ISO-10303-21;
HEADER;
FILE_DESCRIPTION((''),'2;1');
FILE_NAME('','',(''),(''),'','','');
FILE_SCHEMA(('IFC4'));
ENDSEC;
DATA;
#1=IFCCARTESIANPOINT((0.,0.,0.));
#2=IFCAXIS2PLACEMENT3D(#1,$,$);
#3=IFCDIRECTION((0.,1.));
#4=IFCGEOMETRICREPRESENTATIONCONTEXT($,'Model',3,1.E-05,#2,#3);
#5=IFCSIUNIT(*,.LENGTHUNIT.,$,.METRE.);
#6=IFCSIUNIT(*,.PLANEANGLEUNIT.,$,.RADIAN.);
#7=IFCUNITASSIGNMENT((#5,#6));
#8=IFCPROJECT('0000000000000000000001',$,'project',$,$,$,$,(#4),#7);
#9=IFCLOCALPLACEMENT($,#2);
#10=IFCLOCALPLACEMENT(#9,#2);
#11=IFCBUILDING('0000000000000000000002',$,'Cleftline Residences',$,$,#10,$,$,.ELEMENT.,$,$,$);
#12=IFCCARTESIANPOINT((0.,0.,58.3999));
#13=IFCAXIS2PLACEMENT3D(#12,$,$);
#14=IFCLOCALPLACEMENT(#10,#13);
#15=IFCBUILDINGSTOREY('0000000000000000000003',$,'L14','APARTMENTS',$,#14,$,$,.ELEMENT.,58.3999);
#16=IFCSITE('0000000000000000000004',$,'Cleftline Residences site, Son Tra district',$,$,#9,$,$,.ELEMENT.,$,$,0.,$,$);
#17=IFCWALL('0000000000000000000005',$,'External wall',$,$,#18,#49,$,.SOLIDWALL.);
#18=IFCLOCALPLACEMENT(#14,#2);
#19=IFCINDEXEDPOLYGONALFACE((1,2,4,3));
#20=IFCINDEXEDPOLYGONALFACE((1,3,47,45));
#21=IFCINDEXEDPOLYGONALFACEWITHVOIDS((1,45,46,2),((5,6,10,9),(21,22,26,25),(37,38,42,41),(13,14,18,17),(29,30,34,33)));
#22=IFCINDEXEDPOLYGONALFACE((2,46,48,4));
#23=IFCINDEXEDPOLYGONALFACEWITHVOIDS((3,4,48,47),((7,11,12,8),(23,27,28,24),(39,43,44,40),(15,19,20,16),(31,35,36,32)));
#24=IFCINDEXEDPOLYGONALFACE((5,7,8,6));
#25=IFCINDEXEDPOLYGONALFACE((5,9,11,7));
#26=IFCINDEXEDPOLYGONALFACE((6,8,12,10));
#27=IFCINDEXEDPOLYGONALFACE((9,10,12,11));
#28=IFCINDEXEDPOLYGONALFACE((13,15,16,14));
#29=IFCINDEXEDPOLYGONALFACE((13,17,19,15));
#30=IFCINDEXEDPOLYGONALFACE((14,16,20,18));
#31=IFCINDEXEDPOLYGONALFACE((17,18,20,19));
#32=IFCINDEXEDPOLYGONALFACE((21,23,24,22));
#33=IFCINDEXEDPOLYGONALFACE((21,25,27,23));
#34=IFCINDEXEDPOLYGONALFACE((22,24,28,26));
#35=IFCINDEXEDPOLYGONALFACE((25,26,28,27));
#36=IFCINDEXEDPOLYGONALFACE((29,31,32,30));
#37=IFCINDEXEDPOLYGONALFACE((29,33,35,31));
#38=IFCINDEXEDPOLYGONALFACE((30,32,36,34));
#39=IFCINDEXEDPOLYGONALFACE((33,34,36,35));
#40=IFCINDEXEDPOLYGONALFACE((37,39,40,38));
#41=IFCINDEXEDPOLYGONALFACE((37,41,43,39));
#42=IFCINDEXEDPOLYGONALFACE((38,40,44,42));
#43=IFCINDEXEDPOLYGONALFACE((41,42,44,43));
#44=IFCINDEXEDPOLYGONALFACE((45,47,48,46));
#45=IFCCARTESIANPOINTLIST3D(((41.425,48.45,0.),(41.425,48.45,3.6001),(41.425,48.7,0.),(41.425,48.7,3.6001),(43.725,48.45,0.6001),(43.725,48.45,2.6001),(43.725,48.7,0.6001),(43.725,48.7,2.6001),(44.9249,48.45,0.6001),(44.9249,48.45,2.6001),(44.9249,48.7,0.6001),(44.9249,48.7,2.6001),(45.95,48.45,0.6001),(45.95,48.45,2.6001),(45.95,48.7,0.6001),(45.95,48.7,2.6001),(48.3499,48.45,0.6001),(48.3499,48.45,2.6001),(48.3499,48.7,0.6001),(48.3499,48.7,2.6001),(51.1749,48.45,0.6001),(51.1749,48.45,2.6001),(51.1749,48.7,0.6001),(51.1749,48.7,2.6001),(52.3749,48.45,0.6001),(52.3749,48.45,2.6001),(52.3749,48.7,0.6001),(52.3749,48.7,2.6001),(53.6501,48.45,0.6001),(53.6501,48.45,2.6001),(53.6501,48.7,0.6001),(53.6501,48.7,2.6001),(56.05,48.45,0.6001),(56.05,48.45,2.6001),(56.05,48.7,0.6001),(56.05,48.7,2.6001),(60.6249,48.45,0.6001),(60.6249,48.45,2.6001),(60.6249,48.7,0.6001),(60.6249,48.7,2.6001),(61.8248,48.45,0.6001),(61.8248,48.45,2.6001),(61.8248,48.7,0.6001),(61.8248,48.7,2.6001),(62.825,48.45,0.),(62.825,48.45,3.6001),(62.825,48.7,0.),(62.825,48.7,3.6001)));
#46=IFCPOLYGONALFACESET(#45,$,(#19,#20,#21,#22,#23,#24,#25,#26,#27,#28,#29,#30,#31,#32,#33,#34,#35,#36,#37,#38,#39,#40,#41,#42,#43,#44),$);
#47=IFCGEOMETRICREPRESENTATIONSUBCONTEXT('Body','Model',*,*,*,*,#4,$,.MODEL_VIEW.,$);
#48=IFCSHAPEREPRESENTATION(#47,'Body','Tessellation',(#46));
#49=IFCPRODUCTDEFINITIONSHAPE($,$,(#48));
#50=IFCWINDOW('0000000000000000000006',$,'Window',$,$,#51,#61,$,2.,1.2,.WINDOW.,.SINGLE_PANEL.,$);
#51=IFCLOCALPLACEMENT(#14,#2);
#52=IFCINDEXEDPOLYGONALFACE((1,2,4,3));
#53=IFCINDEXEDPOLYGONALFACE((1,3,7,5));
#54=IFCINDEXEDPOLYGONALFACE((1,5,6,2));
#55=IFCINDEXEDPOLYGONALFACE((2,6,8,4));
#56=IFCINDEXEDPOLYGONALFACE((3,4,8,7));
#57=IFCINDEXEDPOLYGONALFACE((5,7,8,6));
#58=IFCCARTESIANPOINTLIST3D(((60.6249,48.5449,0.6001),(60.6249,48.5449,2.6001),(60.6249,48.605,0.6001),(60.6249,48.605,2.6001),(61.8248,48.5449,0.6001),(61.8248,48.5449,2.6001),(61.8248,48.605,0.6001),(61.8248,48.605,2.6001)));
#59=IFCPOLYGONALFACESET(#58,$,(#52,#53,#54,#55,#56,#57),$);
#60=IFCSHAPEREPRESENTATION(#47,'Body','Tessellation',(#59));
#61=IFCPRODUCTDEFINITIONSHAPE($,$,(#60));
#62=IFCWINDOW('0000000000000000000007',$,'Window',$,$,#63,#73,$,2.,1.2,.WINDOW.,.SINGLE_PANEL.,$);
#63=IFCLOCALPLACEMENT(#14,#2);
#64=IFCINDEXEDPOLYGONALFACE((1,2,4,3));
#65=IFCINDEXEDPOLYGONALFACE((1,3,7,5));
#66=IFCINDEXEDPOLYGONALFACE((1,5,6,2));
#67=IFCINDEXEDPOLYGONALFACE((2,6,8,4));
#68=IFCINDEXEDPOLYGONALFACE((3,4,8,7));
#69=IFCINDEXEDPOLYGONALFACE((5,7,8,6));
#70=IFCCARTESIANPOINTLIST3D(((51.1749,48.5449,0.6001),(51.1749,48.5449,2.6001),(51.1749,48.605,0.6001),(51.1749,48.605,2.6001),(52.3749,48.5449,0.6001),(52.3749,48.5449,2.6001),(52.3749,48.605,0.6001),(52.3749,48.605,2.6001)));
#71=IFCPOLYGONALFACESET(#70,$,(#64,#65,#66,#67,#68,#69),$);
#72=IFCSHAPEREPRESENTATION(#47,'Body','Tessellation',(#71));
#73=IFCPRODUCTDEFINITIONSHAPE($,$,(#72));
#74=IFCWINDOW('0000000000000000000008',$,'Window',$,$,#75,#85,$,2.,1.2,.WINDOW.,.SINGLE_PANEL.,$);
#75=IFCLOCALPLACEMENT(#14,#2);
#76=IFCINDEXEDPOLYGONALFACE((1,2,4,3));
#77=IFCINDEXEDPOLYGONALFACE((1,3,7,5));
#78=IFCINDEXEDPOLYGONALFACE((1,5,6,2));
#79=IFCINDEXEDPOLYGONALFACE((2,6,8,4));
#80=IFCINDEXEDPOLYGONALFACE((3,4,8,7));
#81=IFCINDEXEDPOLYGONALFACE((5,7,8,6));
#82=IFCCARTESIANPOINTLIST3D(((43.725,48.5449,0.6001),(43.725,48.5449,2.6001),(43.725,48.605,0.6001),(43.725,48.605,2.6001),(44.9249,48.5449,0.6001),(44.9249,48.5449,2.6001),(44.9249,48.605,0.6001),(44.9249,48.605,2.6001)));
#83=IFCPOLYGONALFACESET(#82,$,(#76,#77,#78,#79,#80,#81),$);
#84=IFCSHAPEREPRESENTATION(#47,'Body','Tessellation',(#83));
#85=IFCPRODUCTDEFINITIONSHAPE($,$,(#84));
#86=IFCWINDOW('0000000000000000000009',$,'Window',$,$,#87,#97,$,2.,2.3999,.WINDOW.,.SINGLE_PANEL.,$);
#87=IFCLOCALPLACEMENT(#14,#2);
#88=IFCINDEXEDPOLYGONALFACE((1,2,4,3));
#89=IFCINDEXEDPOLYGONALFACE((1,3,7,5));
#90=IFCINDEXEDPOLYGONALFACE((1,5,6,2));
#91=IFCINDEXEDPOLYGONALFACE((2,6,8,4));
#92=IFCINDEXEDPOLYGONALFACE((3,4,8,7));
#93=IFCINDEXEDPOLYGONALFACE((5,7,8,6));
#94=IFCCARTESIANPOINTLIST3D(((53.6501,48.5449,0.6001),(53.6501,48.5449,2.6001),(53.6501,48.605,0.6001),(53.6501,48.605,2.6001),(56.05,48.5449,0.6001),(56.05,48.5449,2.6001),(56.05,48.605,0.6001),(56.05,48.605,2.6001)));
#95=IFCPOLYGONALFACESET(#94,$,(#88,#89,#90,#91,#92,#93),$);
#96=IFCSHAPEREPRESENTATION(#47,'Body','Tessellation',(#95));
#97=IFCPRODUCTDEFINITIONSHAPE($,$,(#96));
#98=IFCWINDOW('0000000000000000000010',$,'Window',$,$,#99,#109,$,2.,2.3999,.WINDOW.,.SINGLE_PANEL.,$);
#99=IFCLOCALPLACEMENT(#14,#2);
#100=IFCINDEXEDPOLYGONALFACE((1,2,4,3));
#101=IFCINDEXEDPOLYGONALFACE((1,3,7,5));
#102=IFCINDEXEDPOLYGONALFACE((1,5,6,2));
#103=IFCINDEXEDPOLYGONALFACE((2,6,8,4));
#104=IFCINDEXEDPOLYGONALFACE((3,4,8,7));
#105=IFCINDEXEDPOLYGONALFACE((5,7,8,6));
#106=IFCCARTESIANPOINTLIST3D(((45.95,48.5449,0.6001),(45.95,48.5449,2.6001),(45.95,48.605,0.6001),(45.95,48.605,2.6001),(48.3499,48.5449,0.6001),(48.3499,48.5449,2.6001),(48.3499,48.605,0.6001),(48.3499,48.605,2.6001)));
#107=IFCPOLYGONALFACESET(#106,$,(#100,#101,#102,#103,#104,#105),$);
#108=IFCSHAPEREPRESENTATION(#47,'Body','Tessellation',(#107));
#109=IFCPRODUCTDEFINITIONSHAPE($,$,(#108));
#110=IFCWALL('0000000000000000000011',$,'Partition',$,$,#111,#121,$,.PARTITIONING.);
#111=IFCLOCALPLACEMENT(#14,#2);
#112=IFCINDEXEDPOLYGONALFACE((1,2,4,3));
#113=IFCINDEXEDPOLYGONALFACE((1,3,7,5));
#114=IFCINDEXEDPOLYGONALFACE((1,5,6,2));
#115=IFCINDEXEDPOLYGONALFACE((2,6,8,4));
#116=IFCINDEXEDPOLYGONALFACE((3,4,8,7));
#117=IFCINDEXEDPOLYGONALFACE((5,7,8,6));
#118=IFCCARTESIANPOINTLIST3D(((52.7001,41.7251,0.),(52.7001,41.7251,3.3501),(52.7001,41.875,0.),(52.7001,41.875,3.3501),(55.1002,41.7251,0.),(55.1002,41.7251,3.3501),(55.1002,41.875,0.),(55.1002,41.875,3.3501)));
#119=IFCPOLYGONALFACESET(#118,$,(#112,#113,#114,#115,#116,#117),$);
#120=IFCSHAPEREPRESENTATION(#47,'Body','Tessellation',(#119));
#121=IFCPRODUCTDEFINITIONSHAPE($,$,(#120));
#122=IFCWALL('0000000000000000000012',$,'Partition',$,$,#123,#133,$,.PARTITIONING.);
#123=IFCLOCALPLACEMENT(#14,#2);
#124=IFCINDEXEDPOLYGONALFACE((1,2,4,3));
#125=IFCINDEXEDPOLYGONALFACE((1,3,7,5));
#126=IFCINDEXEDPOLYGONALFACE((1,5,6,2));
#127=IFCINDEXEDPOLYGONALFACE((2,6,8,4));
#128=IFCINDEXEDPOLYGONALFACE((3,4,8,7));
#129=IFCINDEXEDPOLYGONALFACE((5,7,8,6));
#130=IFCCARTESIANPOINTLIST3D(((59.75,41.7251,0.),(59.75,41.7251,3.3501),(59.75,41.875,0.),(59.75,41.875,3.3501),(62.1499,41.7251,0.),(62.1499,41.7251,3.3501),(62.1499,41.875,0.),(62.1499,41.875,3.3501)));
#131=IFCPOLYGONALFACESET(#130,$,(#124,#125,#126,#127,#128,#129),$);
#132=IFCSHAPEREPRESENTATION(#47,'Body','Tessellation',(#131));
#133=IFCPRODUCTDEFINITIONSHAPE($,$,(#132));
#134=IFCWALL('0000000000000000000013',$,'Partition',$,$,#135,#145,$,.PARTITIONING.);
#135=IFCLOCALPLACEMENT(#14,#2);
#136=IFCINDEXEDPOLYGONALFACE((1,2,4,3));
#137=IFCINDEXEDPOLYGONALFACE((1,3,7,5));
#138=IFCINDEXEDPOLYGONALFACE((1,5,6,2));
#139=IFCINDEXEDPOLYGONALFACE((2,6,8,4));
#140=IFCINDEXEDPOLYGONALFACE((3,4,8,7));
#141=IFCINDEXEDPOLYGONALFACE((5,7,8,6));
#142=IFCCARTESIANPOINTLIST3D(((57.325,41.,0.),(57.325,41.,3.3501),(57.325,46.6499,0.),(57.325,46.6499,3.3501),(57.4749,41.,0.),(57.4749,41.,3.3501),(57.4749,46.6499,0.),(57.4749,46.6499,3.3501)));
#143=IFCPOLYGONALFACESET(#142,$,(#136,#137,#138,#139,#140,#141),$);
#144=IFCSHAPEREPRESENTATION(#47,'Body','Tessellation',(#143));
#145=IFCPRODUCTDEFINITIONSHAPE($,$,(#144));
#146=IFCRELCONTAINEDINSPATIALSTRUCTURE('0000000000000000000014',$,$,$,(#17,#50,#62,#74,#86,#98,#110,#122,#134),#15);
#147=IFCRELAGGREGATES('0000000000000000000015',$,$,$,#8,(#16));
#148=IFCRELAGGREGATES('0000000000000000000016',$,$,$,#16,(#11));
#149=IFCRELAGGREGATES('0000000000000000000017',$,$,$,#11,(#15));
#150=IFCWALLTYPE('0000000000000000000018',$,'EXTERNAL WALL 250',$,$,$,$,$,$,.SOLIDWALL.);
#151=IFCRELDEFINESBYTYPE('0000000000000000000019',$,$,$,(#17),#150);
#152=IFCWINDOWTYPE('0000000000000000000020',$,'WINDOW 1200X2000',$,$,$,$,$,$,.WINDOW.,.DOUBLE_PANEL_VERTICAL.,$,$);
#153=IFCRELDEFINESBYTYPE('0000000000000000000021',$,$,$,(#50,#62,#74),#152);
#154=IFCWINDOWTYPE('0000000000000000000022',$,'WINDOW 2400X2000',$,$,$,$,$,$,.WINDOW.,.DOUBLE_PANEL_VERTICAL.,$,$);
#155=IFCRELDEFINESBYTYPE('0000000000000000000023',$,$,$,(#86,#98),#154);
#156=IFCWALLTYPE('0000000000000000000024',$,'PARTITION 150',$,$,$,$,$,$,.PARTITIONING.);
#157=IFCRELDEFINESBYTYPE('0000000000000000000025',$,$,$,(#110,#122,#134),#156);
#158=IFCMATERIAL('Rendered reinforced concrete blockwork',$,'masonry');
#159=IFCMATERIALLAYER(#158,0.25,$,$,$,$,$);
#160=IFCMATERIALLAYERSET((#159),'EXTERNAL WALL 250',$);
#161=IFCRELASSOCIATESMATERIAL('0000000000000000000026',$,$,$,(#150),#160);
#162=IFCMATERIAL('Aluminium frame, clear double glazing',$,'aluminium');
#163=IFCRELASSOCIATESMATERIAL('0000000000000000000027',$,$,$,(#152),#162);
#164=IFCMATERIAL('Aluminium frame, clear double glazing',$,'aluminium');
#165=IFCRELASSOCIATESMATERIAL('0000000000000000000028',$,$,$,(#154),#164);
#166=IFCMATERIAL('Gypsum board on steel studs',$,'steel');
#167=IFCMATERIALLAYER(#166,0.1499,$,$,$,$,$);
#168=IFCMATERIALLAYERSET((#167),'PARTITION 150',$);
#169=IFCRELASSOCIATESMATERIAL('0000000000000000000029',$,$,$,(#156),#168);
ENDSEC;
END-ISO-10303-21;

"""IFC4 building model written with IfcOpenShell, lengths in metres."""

from ifc_helpers import new_model, si_unit, direction, frame, frame_2d, origin, place, context, subcontext, project, spatial, rectangle, extrude, material, layer, layer_set, type_object, element, fill, save


model = new_model("IFC4")

# Units and contexts
model_context = context("Model", 3, precision=1e-05, world=origin(), true_north=direction((0.0, 1.0)))
body_context = subcontext(model_context, "Body", "Model", "MODEL_VIEW")
ifc_project = project(units=[si_unit("LENGTHUNIT", "METRE"), si_unit("PLANEANGLEUNIT", "RADIAN")], contexts=[model_context])

# Site, building, storey
site_placement = place(None, origin())
site = spatial("IfcSite", under=ifc_project, at=site_placement, Name="Cleftline Residences site, Son Tra district", CompositionType="ELEMENT", RefElevation=0.0)
building_placement = place(site_placement, origin())
building = spatial("IfcBuilding", under=site, at=building_placement, Name="Cleftline Residences", CompositionType="ELEMENT")
storey_placement = place(building_placement, frame((0.0, 0.0, 58.3999)))
storey = spatial("IfcBuildingStorey", under=building, at=storey_placement, Name="L14", Description="APARTMENTS", CompositionType="ELEMENT", Elevation=58.3999)

# Shared definitions
ifc_material_1 = material(Name="Rendered reinforced concrete blockwork", Category="masonry")
ifc_layer_1 = layer(ifc_material_1, 0.25)
ifc_layer_set_1 = layer_set([ifc_layer_1], Name="EXTERNAL WALL 250")
wall_type_1 = type_object("IfcWallType", Name="EXTERNAL WALL 250", PredefinedType="SOLIDWALL", material=ifc_layer_set_1)
ifc_material_2 = material(Name="Aluminium frame, clear double glazing", Category="aluminium")
window_type_1 = type_object("IfcWindowType", Name="WINDOW 1200X2000", PartitioningType="DOUBLE_PANEL_VERTICAL", PredefinedType="WINDOW", material=ifc_material_2)

# Shared definitions
ifc_material_3 = material(Name="Aluminium frame, clear double glazing", Category="aluminium")
window_type_2 = type_object("IfcWindowType", Name="WINDOW 2400X2000", PartitioningType="DOUBLE_PANEL_VERTICAL", PredefinedType="WINDOW", material=ifc_material_3)

# Wall, openings, windows
wall_1_placement = place(storey_placement, frame((62.825, 48.575, 0.0), z_axis=(0.0, 0.0, 1.0), x_axis=(-1.0, 0.0, 0.0)))
wall_1 = element("IfcWall", 1, at=wall_1_placement, inside=storey, type_object=wall_type_1, Name="External wall", PredefinedType="SOLIDWALL", context=body_context, shape_type="SweptSolid", body=[
    extrude(rectangle(XDim=21.3999, YDim=0.25, at=frame_2d((10.7, 0.0))), origin(), (0.0, 0.0, 1.0), 3.6001),
])
opening_1_placement = place(wall_1_placement, frame((1.0, 0.0, 0.6001)))
opening_1 = element("IfcOpeningElement", 2, at=opening_1_placement, cuts=wall_1, PredefinedType="OPENING", context=body_context, shape_type="SweptSolid", body=[
    extrude(rectangle(XDim=1.2, YDim=2.0, at=frame_2d((0.6001, 1.0))), frame((0.0, 0.135, 0.0), z_axis=(0.0, -1.0, 0.0), x_axis=(1.0, 0.0, 0.0)), (0.0, 0.0, 1.0), 0.27),
])
opening_2_placement = place(wall_1_placement, frame((6.7749, 0.0, 0.6001)))
opening_2 = element("IfcOpeningElement", 3, at=opening_2_placement, cuts=wall_1, PredefinedType="OPENING", context=body_context, shape_type="SweptSolid", body=[
    extrude(rectangle(XDim=2.3999, YDim=2.0, at=frame_2d((1.2, 1.0))), frame((0.0, 0.135, 0.0), z_axis=(0.0, -1.0, 0.0), x_axis=(1.0, 0.0, 0.0)), (0.0, 0.0, 1.0), 0.27),
])
opening_3_placement = place(wall_1_placement, frame((10.45, 0.0, 0.6001)))
opening_3 = element("IfcOpeningElement", 4, at=opening_3_placement, cuts=wall_1, PredefinedType="OPENING", context=body_context, shape_type="SweptSolid", body=[
    extrude(rectangle(XDim=1.2, YDim=2.0, at=frame_2d((0.6001, 1.0))), frame((0.0, 0.135, 0.0), z_axis=(0.0, -1.0, 0.0), x_axis=(1.0, 0.0, 0.0)), (0.0, 0.0, 1.0), 0.27),
])
opening_4_placement = place(wall_1_placement, frame((14.4751, 0.0, 0.6001)))
opening_4 = element("IfcOpeningElement", 5, at=opening_4_placement, cuts=wall_1, PredefinedType="OPENING", context=body_context, shape_type="SweptSolid", body=[
    extrude(rectangle(XDim=2.3999, YDim=2.0, at=frame_2d((1.2, 1.0))), frame((0.0, 0.135, 0.0), z_axis=(0.0, -1.0, 0.0), x_axis=(1.0, 0.0, 0.0)), (0.0, 0.0, 1.0), 0.27),
])
opening_5_placement = place(wall_1_placement, frame((17.8999, 0.0, 0.6001)))
opening_5 = element("IfcOpeningElement", 6, at=opening_5_placement, cuts=wall_1, PredefinedType="OPENING", context=body_context, shape_type="SweptSolid", body=[
    extrude(rectangle(XDim=1.2, YDim=2.0, at=frame_2d((0.6001, 1.0))), frame((0.0, 0.135, 0.0), z_axis=(0.0, -1.0, 0.0), x_axis=(1.0, 0.0, 0.0)), (0.0, 0.0, 1.0), 0.27),
])
window_1_placement = place(opening_1_placement, origin())
window_1 = element("IfcWindow", 7, at=window_1_placement, inside=storey, type_object=window_type_1, Name="Window", OverallHeight=2.0, OverallWidth=1.2, PartitioningType="SINGLE_PANEL", PredefinedType="WINDOW", context=body_context, shape_type="SweptSolid", body=[
    extrude(rectangle(XDim=1.2, YDim=2.0, at=frame_2d((0.6001, 1.0))), frame((0.0, 0.03, 0.0), z_axis=(0.0, -1.0, 0.0), x_axis=(1.0, 0.0, 0.0)), (0.0, 0.0, 1.0), 0.0601),
])
fill(opening_1, window_1)
window_2_placement = place(opening_3_placement, origin())
window_2 = element("IfcWindow", 8, at=window_2_placement, inside=storey, type_object=window_type_1, Name="Window", OverallHeight=2.0, OverallWidth=1.2, PartitioningType="SINGLE_PANEL", PredefinedType="WINDOW", context=body_context, shape_type="SweptSolid", body=[
    extrude(rectangle(XDim=1.2, YDim=2.0, at=frame_2d((0.6001, 1.0))), frame((0.0, 0.03, 0.0), z_axis=(0.0, -1.0, 0.0), x_axis=(1.0, 0.0, 0.0)), (0.0, 0.0, 1.0), 0.0601),
])
fill(opening_3, window_2)
window_3_placement = place(opening_5_placement, origin())
window_3 = element("IfcWindow", 9, at=window_3_placement, inside=storey, type_object=window_type_1, Name="Window", OverallHeight=2.0, OverallWidth=1.2, PartitioningType="SINGLE_PANEL", PredefinedType="WINDOW", context=body_context, shape_type="SweptSolid", body=[
    extrude(rectangle(XDim=1.2, YDim=2.0, at=frame_2d((0.6001, 1.0))), frame((0.0, 0.03, 0.0), z_axis=(0.0, -1.0, 0.0), x_axis=(1.0, 0.0, 0.0)), (0.0, 0.0, 1.0), 0.0601),
])
fill(opening_5, window_3)
window_4_placement = place(opening_2_placement, origin())
window_4 = element("IfcWindow", 10, at=window_4_placement, inside=storey, type_object=window_type_2, Name="Window", OverallHeight=2.0, OverallWidth=2.3999, PartitioningType="SINGLE_PANEL", PredefinedType="WINDOW", context=body_context, shape_type="SweptSolid", body=[
    extrude(rectangle(XDim=2.3999, YDim=2.0, at=frame_2d((1.2, 1.0))), frame((0.0, 0.03, 0.0), z_axis=(0.0, -1.0, 0.0), x_axis=(1.0, 0.0, 0.0)), (0.0, 0.0, 1.0), 0.0601),
])
fill(opening_2, window_4)
window_5_placement = place(opening_4_placement, origin())
window_5 = element("IfcWindow", 11, at=window_5_placement, inside=storey, type_object=window_type_2, Name="Window", OverallHeight=2.0, OverallWidth=2.3999, PartitioningType="SINGLE_PANEL", PredefinedType="WINDOW", context=body_context, shape_type="SweptSolid", body=[
    extrude(rectangle(XDim=2.3999, YDim=2.0, at=frame_2d((1.2, 1.0))), frame((0.0, 0.03, 0.0), z_axis=(0.0, -1.0, 0.0), x_axis=(1.0, 0.0, 0.0)), (0.0, 0.0, 1.0), 0.0601),
])
fill(opening_4, window_5)

# Walls
ifc_material_4 = material(Name="Gypsum board on steel studs", Category="steel")
ifc_layer_2 = layer(ifc_material_4, 0.1499)
ifc_layer_set_2 = layer_set([ifc_layer_2], Name="PARTITION 150")
wall_type_2 = type_object("IfcWallType", Name="PARTITION 150", PredefinedType="PARTITIONING", material=ifc_layer_set_2)
wall_2_placement = place(storey_placement, frame((52.7, 41.8, 0.0), z_axis=(0.0, 0.0, 1.0), x_axis=(1.0, 0.0, 0.0)))
element("IfcWall", 12, at=wall_2_placement, inside=storey, type_object=wall_type_2, Name="Partition", PredefinedType="PARTITIONING", context=body_context, shape_type="SweptSolid", body=[
    extrude(rectangle(XDim=2.4001, YDim=0.1499, at=frame_2d((1.2002, 0.0))), origin(), (0.0, 0.0, 1.0), 3.3501),
])
wall_3_placement = place(storey_placement, frame((59.75, 41.8, 0.0), z_axis=(0.0, 0.0, 1.0), x_axis=(1.0, 0.0, 0.0)))
element("IfcWall", 13, at=wall_3_placement, inside=storey, type_object=wall_type_2, Name="Partition", PredefinedType="PARTITIONING", context=body_context, shape_type="SweptSolid", body=[
    extrude(rectangle(XDim=2.3999, YDim=0.1499, at=frame_2d((1.2, 0.0))), origin(), (0.0, 0.0, 1.0), 3.3501),
])
wall_4_placement = place(storey_placement, frame((57.3999, 41.0, 0.0), z_axis=(0.0, 0.0, 1.0), x_axis=(0.0, 1.0, 0.0)))
element("IfcWall", 14, at=wall_4_placement, inside=storey, type_object=wall_type_2, Name="Partition", PredefinedType="PARTITIONING", context=body_context, shape_type="SweptSolid", body=[
    extrude(rectangle(XDim=5.6499, YDim=0.1499, at=frame_2d((2.825, 0.0))), origin(), (0.0, 0.0, 1.0), 3.3501),
])

save(model, "model.ifc")
